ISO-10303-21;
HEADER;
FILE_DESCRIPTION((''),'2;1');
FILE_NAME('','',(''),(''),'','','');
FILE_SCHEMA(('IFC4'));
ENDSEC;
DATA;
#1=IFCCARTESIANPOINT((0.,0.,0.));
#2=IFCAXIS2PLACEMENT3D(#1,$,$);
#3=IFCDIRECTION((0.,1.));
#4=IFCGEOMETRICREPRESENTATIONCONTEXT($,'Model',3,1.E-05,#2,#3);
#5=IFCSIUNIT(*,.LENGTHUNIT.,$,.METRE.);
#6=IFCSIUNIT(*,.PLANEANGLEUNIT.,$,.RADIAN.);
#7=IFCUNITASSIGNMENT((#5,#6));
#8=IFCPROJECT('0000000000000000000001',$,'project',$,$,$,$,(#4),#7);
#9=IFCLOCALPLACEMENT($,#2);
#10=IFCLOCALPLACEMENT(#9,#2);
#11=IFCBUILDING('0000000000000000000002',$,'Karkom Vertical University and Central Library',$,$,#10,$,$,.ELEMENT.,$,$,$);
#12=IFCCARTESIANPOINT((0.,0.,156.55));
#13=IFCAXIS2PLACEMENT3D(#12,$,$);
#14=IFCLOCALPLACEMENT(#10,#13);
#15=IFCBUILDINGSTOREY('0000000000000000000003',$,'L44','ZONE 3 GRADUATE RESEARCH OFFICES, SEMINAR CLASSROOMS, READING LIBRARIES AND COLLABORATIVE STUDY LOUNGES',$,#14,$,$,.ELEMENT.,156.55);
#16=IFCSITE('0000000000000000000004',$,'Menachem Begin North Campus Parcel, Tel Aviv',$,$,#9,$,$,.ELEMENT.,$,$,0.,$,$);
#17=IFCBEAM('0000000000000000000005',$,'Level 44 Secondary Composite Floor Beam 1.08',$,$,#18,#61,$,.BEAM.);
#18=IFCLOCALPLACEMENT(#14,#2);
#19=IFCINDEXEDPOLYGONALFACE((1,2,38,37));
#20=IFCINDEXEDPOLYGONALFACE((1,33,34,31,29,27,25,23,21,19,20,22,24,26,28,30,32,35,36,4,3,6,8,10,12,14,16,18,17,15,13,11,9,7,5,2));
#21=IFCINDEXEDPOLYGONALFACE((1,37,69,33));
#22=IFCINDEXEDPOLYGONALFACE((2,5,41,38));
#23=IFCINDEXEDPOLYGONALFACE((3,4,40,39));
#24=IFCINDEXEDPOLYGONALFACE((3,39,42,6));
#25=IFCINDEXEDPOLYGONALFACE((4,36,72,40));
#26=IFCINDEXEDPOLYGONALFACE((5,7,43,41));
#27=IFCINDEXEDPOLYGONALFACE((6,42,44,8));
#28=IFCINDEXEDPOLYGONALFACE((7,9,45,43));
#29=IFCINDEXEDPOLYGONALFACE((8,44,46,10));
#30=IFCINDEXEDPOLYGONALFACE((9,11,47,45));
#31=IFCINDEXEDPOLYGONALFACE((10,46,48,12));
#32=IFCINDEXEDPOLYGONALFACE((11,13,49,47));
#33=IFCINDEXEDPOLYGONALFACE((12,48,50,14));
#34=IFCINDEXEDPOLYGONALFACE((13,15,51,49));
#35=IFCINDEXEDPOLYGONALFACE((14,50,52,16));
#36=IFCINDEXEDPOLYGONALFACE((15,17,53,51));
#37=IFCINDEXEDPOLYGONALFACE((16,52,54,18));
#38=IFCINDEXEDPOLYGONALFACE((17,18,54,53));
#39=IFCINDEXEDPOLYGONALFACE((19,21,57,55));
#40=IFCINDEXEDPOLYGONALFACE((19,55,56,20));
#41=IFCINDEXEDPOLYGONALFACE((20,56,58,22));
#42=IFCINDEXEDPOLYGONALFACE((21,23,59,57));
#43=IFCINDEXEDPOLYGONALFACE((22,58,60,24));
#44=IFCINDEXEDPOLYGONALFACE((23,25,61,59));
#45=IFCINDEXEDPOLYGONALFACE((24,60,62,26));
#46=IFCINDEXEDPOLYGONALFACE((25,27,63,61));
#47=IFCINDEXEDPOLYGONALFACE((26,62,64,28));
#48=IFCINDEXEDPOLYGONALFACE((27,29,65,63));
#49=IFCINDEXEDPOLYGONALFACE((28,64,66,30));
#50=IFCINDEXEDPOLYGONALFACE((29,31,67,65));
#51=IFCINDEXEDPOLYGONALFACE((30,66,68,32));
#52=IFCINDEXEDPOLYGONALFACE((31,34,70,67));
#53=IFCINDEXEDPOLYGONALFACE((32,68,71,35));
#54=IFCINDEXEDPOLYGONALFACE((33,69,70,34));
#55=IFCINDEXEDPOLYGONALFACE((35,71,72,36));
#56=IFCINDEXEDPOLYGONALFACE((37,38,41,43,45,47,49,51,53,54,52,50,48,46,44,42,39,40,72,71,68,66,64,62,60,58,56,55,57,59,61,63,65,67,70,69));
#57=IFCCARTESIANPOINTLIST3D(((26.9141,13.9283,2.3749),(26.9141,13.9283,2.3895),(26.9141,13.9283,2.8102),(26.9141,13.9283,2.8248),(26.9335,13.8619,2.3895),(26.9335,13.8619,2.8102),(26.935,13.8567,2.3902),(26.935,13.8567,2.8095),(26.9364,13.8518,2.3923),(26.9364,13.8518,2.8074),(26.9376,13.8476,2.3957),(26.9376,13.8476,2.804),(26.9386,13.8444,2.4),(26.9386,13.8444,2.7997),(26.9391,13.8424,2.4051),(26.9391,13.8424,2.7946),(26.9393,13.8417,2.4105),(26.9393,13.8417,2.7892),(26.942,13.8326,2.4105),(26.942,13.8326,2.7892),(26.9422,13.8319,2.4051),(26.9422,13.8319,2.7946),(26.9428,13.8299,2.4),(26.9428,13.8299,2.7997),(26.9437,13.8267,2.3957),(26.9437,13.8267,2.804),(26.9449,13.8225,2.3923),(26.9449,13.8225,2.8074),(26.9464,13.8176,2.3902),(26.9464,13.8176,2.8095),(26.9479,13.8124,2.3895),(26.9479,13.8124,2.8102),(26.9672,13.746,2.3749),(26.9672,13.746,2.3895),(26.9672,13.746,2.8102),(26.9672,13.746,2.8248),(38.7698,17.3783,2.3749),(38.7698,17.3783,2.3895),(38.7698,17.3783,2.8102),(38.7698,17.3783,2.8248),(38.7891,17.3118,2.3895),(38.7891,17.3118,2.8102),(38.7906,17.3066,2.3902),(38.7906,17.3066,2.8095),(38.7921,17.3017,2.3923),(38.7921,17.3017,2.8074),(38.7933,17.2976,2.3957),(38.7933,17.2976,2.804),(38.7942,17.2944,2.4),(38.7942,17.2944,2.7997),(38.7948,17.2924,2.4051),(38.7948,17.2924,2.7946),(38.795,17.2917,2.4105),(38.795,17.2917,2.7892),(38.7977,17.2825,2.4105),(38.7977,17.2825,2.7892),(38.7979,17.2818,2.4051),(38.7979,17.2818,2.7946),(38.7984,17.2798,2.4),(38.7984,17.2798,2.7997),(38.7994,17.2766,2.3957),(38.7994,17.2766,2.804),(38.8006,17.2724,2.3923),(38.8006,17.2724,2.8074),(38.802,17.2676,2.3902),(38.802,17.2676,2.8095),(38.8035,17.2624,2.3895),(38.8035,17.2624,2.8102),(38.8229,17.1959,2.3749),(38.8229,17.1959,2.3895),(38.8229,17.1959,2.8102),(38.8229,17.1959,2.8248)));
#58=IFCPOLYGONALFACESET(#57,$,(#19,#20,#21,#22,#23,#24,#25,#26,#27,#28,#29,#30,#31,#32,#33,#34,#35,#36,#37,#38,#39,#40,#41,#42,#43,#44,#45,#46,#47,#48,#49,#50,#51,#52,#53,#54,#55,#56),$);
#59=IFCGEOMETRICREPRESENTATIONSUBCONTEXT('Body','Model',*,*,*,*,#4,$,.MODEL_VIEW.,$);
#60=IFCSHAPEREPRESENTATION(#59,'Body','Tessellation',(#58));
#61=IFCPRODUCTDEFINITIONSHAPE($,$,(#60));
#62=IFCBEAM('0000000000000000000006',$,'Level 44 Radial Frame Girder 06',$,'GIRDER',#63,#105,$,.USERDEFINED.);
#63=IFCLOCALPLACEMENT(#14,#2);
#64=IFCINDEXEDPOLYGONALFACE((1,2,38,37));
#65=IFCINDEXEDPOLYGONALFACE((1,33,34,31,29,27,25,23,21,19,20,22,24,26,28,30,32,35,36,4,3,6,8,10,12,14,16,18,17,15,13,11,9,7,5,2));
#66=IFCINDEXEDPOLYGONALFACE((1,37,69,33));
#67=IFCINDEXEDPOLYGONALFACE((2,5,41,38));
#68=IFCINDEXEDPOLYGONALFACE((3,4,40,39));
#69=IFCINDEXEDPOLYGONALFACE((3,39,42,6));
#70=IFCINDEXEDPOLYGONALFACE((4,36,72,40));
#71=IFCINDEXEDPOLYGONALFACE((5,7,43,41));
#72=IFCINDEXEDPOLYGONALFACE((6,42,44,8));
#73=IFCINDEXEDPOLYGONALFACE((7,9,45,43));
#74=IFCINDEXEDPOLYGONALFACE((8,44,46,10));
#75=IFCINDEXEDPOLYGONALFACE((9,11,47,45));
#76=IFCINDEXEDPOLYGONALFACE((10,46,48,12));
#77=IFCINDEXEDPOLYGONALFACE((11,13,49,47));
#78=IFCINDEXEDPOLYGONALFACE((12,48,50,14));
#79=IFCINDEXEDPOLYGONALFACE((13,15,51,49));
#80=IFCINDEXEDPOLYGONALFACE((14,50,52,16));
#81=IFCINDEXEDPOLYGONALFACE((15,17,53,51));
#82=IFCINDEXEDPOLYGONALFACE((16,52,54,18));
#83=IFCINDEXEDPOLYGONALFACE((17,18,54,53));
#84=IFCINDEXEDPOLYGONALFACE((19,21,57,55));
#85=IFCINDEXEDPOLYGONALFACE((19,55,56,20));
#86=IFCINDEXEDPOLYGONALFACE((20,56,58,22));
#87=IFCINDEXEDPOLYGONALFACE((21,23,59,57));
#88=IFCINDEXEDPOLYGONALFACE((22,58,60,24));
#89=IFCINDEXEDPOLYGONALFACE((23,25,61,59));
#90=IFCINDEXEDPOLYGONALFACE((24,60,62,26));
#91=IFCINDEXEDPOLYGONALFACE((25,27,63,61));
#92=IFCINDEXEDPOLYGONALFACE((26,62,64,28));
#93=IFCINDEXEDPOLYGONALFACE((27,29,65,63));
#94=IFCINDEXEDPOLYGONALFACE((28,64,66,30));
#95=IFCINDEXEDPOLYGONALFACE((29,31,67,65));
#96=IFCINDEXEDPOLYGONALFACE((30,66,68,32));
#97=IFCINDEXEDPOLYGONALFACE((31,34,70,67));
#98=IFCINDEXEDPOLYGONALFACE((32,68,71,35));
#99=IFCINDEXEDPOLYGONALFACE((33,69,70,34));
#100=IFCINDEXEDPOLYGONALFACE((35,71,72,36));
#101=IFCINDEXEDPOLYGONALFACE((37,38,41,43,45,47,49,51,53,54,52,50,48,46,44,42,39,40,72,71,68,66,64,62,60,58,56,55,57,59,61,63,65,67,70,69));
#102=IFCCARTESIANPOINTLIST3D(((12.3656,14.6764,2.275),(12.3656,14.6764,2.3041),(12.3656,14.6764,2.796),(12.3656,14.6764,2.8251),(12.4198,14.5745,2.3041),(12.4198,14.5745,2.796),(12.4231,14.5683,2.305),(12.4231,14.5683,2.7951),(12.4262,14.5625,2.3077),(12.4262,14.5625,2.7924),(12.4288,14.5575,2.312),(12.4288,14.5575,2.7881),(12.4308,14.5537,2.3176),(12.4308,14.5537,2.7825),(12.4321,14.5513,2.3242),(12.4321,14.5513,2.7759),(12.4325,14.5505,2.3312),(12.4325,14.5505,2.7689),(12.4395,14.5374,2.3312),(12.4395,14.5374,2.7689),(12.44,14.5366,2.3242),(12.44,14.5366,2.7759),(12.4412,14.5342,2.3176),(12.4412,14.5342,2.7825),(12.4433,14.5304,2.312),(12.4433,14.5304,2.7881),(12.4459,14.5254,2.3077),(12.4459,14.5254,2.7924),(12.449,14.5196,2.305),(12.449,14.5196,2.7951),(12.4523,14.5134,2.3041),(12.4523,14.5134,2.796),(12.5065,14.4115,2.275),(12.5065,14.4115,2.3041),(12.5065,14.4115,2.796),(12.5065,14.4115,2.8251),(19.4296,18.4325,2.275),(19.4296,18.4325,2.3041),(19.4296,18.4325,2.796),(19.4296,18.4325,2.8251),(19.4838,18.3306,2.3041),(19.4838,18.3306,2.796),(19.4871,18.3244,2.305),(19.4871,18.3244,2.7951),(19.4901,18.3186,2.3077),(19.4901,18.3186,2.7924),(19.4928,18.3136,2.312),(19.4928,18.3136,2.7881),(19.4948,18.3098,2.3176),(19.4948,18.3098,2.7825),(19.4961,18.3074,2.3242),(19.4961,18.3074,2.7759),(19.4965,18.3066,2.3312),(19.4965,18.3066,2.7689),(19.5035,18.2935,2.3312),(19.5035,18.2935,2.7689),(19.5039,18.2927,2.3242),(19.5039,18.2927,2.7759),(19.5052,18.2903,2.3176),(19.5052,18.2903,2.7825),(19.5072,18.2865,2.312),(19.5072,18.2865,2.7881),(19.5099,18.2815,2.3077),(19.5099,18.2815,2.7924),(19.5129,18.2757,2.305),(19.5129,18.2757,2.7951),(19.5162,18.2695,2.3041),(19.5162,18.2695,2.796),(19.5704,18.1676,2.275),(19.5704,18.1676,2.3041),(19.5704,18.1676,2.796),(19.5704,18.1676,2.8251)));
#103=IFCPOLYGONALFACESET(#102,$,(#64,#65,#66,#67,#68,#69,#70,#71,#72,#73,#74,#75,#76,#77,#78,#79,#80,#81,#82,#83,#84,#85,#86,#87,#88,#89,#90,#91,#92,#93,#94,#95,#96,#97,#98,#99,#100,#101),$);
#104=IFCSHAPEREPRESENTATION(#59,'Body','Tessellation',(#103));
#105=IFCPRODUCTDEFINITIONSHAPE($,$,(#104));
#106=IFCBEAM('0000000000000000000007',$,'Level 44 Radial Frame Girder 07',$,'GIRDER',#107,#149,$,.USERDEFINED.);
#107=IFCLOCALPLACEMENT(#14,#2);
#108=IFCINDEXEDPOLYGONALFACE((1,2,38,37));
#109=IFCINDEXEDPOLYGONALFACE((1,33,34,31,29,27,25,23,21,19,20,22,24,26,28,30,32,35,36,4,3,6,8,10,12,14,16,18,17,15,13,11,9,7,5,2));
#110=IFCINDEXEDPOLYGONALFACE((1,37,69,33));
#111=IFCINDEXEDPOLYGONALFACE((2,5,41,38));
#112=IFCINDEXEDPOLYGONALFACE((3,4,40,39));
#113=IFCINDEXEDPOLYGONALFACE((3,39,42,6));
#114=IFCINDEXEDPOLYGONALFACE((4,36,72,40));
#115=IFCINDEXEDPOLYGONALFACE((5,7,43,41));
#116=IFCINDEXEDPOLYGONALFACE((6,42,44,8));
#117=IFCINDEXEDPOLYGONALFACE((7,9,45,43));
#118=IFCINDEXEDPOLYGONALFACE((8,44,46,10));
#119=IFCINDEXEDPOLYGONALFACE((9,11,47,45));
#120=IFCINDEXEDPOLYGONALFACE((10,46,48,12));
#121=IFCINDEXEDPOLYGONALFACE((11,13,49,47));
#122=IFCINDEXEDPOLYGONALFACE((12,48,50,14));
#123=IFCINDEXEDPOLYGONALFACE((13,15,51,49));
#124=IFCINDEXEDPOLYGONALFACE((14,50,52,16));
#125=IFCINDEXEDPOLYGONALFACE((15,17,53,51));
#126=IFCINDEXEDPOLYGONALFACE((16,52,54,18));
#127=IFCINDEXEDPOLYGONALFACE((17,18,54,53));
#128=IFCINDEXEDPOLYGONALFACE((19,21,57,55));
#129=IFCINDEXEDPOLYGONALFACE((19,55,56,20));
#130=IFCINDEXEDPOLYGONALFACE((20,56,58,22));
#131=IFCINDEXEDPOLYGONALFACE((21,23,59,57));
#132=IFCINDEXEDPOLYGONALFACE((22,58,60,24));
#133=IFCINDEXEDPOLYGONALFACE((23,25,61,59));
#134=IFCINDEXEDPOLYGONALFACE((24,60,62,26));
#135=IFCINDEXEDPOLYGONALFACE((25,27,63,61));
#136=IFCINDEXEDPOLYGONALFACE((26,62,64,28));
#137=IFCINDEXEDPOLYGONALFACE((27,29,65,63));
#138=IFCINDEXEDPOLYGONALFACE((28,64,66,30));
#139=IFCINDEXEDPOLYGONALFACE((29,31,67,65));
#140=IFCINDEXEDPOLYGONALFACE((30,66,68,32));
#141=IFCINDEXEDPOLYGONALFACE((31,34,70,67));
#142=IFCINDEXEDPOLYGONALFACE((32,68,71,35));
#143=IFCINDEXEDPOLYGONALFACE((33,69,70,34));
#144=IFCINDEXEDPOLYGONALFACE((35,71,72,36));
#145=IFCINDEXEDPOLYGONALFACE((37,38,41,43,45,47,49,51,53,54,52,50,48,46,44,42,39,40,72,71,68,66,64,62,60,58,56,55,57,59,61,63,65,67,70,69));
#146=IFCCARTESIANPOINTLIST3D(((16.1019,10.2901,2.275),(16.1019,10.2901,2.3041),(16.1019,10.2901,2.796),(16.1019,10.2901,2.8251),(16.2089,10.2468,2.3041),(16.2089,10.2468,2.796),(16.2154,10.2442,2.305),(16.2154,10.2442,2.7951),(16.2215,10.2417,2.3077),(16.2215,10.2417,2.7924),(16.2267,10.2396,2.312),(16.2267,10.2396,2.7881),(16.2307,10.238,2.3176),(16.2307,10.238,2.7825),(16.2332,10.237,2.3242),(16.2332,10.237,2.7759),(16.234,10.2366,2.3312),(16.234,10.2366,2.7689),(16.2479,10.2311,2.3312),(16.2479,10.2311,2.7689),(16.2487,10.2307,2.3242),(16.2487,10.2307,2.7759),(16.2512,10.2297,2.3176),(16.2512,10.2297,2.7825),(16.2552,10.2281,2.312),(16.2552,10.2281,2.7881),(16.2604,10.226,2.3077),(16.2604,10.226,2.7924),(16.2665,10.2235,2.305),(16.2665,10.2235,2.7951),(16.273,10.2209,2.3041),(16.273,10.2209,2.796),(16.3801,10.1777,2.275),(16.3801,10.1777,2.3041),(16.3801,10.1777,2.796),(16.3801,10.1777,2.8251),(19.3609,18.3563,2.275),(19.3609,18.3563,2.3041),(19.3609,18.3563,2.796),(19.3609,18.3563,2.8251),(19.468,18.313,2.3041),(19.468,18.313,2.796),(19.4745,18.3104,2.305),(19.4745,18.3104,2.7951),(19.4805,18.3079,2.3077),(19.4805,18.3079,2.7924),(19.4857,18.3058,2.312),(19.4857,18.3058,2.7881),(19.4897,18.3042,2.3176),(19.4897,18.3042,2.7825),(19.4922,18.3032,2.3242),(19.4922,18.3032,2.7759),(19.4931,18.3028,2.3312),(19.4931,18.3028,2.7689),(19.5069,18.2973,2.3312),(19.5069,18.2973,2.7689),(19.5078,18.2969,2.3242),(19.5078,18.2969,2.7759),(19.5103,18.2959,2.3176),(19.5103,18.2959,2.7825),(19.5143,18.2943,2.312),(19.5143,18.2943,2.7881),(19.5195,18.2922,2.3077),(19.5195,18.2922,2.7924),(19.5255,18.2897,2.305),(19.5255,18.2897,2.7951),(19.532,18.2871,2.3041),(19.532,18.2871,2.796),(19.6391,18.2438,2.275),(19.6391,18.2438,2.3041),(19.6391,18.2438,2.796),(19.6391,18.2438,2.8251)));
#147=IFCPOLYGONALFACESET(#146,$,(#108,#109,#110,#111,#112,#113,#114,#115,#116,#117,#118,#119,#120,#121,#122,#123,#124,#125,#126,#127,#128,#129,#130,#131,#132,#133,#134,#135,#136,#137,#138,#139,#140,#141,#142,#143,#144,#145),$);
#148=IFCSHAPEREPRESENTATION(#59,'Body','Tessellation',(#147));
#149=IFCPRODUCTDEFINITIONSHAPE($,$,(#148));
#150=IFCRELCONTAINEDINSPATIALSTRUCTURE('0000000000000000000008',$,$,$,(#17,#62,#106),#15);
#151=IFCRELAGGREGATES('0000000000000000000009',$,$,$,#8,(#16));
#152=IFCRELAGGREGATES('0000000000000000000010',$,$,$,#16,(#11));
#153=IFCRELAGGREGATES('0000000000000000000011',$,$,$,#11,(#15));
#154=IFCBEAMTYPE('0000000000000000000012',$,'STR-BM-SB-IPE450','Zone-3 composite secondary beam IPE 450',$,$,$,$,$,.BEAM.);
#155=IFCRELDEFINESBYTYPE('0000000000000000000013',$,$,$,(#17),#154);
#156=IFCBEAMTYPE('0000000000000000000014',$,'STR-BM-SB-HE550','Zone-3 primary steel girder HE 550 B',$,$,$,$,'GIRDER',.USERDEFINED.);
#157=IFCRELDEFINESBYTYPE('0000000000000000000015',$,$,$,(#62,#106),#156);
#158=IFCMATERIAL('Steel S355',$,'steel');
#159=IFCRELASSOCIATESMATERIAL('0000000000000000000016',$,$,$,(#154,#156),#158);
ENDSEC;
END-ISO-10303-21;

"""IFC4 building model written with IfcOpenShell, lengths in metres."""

from ifc_helpers import new_model, si_unit, direction, frame, origin, origin_with_axes, origin_2d, place, context, subcontext, project, spatial, i_section, extrude, source, transform, mapped, material, material_profile, profile_set, type_object, element, save


model = new_model("IFC4")

# Units and contexts
model_context = context("Model", 3, precision=1e-05, world=origin(), true_north=direction((0.0, 1.0)))
body_context = subcontext(model_context, "Body", "Model", "MODEL_VIEW")
ifc_project = project(units=[si_unit("LENGTHUNIT", "METRE"), si_unit("PLANEANGLEUNIT", "RADIAN")], contexts=[model_context])

# Site, building, storey
site_placement = place(None, origin())
site = spatial("IfcSite", under=ifc_project, at=site_placement, Name="Menachem Begin North Campus Parcel, Tel Aviv", CompositionType="ELEMENT", RefElevation=0.0)
building_placement = place(site_placement, origin())
building = spatial("IfcBuilding", under=site, at=building_placement, Name="Karkom Vertical University and Central Library", CompositionType="ELEMENT")
storey_placement = place(building_placement, frame((0.0, 0.0, 156.55)))
storey = spatial("IfcBuildingStorey", under=building, at=storey_placement, Name="L44", Description="ZONE 3 GRADUATE RESEARCH OFFICES, SEMINAR CLASSROOMS, READING LIBRARIES AND COLLABORATIVE STUDY LOUNGES", CompositionType="ELEMENT", Elevation=156.55)

# Beams
ifc_material_1 = material(Name="Steel S355", Category="steel")
ifc_material_profile_1 = material_profile(ifc_material_1, i_section(OverallWidth=0.1899, OverallDepth=0.45, WebThickness=0.0095, FlangeThickness=0.0146, FilletRadius=0.021, at=origin_2d()), Name="IPE 450")
ifc_profile_set_1 = profile_set([ifc_material_profile_1], Name="Steel S355")
beam_type_1 = type_object("IfcBeamType", Name="STR-BM-SB-IPE450", Description="Zone-3 composite secondary beam IPE 450", PredefinedType="BEAM", material=ifc_profile_set_1)
shared_shape_1 = source(origin_with_axes(), body_context, "Body", "SweptSolid", [
    extrude(i_section(OverallWidth=0.1899, OverallDepth=0.45, WebThickness=0.0095, FlangeThickness=0.0146, FilletRadius=0.021, at=origin_2d()), origin(), (0.0, 0.0, 1.0), 12.3474),
])
beam_1_placement = place(storey_placement, frame((26.9407, 13.8372, 2.5999), z_axis=(0.960173, 0.279405, 0.0), x_axis=(-0.279405, 0.960173, 0.0)))
element("IfcBeam", 1, at=beam_1_placement, inside=storey, type_object=beam_type_1, Name="Level 44 Secondary Composite Floor Beam 1.08", PredefinedType="BEAM", context=body_context, shape_type="MappedRepresentation", body=[
    mapped(shared_shape_1, transform((0.0, 0.0, 0.0), scale=1.0)),
])
ifc_material_profile_2 = material_profile(ifc_material_1, i_section(OverallWidth=0.3, OverallDepth=0.55, WebThickness=0.0149, FlangeThickness=0.0291, FilletRadius=0.0271, at=origin_2d()), Name="HE 550 B")
ifc_profile_set_2 = profile_set([ifc_material_profile_2], Name="Steel S355")
beam_type_2 = type_object("IfcBeamType", Name="STR-BM-SB-HE550", Description="Zone-3 primary steel girder HE 550 B", ElementType="GIRDER", PredefinedType="USERDEFINED", material=ifc_profile_set_2)
shared_shape_2 = source(origin_with_axes(), body_context, "Body", "SweptSolid", [
    extrude(i_section(OverallWidth=0.3, OverallDepth=0.55, WebThickness=0.0149, FlangeThickness=0.0291, FilletRadius=0.0271, at=origin_2d()), origin(), (0.0, 0.0, 1.0), 8.0005),
])
beam_2_placement = place(storey_placement, frame((19.5, 18.3, 2.55), z_axis=(-0.882941, -0.469484, 0.0), x_axis=(0.469484, -0.882941, 0.0)))
element("IfcBeam", 2, at=beam_2_placement, inside=storey, type_object=beam_type_2, Name="Level 44 Radial Frame Girder 06", ObjectType="GIRDER", PredefinedType="USERDEFINED", context=body_context, shape_type="MappedRepresentation", body=[
    mapped(shared_shape_2, transform((0.0, 0.0, 0.0), scale=1.0)),
])
shared_shape_3 = source(origin_with_axes(), body_context, "Body", "SweptSolid", [
    extrude(i_section(OverallWidth=0.3, OverallDepth=0.55, WebThickness=0.0149, FlangeThickness=0.0291, FilletRadius=0.0271, at=origin_2d()), origin(), (0.0, 0.0, 1.0), 8.6997),
])
beam_3_placement = place(storey_placement, frame((19.5, 18.3, 2.55), z_axis=(-0.374616, -0.92718, 0.0), x_axis=(0.92718, -0.374616, 0.0)))
element("IfcBeam", 3, at=beam_3_placement, inside=storey, type_object=beam_type_2, Name="Level 44 Radial Frame Girder 07", ObjectType="GIRDER", PredefinedType="USERDEFINED", context=body_context, shape_type="MappedRepresentation", body=[
    mapped(shared_shape_3, transform((0.0, 0.0, 0.0), scale=1.0)),
])

save(model, "model.ifc")
